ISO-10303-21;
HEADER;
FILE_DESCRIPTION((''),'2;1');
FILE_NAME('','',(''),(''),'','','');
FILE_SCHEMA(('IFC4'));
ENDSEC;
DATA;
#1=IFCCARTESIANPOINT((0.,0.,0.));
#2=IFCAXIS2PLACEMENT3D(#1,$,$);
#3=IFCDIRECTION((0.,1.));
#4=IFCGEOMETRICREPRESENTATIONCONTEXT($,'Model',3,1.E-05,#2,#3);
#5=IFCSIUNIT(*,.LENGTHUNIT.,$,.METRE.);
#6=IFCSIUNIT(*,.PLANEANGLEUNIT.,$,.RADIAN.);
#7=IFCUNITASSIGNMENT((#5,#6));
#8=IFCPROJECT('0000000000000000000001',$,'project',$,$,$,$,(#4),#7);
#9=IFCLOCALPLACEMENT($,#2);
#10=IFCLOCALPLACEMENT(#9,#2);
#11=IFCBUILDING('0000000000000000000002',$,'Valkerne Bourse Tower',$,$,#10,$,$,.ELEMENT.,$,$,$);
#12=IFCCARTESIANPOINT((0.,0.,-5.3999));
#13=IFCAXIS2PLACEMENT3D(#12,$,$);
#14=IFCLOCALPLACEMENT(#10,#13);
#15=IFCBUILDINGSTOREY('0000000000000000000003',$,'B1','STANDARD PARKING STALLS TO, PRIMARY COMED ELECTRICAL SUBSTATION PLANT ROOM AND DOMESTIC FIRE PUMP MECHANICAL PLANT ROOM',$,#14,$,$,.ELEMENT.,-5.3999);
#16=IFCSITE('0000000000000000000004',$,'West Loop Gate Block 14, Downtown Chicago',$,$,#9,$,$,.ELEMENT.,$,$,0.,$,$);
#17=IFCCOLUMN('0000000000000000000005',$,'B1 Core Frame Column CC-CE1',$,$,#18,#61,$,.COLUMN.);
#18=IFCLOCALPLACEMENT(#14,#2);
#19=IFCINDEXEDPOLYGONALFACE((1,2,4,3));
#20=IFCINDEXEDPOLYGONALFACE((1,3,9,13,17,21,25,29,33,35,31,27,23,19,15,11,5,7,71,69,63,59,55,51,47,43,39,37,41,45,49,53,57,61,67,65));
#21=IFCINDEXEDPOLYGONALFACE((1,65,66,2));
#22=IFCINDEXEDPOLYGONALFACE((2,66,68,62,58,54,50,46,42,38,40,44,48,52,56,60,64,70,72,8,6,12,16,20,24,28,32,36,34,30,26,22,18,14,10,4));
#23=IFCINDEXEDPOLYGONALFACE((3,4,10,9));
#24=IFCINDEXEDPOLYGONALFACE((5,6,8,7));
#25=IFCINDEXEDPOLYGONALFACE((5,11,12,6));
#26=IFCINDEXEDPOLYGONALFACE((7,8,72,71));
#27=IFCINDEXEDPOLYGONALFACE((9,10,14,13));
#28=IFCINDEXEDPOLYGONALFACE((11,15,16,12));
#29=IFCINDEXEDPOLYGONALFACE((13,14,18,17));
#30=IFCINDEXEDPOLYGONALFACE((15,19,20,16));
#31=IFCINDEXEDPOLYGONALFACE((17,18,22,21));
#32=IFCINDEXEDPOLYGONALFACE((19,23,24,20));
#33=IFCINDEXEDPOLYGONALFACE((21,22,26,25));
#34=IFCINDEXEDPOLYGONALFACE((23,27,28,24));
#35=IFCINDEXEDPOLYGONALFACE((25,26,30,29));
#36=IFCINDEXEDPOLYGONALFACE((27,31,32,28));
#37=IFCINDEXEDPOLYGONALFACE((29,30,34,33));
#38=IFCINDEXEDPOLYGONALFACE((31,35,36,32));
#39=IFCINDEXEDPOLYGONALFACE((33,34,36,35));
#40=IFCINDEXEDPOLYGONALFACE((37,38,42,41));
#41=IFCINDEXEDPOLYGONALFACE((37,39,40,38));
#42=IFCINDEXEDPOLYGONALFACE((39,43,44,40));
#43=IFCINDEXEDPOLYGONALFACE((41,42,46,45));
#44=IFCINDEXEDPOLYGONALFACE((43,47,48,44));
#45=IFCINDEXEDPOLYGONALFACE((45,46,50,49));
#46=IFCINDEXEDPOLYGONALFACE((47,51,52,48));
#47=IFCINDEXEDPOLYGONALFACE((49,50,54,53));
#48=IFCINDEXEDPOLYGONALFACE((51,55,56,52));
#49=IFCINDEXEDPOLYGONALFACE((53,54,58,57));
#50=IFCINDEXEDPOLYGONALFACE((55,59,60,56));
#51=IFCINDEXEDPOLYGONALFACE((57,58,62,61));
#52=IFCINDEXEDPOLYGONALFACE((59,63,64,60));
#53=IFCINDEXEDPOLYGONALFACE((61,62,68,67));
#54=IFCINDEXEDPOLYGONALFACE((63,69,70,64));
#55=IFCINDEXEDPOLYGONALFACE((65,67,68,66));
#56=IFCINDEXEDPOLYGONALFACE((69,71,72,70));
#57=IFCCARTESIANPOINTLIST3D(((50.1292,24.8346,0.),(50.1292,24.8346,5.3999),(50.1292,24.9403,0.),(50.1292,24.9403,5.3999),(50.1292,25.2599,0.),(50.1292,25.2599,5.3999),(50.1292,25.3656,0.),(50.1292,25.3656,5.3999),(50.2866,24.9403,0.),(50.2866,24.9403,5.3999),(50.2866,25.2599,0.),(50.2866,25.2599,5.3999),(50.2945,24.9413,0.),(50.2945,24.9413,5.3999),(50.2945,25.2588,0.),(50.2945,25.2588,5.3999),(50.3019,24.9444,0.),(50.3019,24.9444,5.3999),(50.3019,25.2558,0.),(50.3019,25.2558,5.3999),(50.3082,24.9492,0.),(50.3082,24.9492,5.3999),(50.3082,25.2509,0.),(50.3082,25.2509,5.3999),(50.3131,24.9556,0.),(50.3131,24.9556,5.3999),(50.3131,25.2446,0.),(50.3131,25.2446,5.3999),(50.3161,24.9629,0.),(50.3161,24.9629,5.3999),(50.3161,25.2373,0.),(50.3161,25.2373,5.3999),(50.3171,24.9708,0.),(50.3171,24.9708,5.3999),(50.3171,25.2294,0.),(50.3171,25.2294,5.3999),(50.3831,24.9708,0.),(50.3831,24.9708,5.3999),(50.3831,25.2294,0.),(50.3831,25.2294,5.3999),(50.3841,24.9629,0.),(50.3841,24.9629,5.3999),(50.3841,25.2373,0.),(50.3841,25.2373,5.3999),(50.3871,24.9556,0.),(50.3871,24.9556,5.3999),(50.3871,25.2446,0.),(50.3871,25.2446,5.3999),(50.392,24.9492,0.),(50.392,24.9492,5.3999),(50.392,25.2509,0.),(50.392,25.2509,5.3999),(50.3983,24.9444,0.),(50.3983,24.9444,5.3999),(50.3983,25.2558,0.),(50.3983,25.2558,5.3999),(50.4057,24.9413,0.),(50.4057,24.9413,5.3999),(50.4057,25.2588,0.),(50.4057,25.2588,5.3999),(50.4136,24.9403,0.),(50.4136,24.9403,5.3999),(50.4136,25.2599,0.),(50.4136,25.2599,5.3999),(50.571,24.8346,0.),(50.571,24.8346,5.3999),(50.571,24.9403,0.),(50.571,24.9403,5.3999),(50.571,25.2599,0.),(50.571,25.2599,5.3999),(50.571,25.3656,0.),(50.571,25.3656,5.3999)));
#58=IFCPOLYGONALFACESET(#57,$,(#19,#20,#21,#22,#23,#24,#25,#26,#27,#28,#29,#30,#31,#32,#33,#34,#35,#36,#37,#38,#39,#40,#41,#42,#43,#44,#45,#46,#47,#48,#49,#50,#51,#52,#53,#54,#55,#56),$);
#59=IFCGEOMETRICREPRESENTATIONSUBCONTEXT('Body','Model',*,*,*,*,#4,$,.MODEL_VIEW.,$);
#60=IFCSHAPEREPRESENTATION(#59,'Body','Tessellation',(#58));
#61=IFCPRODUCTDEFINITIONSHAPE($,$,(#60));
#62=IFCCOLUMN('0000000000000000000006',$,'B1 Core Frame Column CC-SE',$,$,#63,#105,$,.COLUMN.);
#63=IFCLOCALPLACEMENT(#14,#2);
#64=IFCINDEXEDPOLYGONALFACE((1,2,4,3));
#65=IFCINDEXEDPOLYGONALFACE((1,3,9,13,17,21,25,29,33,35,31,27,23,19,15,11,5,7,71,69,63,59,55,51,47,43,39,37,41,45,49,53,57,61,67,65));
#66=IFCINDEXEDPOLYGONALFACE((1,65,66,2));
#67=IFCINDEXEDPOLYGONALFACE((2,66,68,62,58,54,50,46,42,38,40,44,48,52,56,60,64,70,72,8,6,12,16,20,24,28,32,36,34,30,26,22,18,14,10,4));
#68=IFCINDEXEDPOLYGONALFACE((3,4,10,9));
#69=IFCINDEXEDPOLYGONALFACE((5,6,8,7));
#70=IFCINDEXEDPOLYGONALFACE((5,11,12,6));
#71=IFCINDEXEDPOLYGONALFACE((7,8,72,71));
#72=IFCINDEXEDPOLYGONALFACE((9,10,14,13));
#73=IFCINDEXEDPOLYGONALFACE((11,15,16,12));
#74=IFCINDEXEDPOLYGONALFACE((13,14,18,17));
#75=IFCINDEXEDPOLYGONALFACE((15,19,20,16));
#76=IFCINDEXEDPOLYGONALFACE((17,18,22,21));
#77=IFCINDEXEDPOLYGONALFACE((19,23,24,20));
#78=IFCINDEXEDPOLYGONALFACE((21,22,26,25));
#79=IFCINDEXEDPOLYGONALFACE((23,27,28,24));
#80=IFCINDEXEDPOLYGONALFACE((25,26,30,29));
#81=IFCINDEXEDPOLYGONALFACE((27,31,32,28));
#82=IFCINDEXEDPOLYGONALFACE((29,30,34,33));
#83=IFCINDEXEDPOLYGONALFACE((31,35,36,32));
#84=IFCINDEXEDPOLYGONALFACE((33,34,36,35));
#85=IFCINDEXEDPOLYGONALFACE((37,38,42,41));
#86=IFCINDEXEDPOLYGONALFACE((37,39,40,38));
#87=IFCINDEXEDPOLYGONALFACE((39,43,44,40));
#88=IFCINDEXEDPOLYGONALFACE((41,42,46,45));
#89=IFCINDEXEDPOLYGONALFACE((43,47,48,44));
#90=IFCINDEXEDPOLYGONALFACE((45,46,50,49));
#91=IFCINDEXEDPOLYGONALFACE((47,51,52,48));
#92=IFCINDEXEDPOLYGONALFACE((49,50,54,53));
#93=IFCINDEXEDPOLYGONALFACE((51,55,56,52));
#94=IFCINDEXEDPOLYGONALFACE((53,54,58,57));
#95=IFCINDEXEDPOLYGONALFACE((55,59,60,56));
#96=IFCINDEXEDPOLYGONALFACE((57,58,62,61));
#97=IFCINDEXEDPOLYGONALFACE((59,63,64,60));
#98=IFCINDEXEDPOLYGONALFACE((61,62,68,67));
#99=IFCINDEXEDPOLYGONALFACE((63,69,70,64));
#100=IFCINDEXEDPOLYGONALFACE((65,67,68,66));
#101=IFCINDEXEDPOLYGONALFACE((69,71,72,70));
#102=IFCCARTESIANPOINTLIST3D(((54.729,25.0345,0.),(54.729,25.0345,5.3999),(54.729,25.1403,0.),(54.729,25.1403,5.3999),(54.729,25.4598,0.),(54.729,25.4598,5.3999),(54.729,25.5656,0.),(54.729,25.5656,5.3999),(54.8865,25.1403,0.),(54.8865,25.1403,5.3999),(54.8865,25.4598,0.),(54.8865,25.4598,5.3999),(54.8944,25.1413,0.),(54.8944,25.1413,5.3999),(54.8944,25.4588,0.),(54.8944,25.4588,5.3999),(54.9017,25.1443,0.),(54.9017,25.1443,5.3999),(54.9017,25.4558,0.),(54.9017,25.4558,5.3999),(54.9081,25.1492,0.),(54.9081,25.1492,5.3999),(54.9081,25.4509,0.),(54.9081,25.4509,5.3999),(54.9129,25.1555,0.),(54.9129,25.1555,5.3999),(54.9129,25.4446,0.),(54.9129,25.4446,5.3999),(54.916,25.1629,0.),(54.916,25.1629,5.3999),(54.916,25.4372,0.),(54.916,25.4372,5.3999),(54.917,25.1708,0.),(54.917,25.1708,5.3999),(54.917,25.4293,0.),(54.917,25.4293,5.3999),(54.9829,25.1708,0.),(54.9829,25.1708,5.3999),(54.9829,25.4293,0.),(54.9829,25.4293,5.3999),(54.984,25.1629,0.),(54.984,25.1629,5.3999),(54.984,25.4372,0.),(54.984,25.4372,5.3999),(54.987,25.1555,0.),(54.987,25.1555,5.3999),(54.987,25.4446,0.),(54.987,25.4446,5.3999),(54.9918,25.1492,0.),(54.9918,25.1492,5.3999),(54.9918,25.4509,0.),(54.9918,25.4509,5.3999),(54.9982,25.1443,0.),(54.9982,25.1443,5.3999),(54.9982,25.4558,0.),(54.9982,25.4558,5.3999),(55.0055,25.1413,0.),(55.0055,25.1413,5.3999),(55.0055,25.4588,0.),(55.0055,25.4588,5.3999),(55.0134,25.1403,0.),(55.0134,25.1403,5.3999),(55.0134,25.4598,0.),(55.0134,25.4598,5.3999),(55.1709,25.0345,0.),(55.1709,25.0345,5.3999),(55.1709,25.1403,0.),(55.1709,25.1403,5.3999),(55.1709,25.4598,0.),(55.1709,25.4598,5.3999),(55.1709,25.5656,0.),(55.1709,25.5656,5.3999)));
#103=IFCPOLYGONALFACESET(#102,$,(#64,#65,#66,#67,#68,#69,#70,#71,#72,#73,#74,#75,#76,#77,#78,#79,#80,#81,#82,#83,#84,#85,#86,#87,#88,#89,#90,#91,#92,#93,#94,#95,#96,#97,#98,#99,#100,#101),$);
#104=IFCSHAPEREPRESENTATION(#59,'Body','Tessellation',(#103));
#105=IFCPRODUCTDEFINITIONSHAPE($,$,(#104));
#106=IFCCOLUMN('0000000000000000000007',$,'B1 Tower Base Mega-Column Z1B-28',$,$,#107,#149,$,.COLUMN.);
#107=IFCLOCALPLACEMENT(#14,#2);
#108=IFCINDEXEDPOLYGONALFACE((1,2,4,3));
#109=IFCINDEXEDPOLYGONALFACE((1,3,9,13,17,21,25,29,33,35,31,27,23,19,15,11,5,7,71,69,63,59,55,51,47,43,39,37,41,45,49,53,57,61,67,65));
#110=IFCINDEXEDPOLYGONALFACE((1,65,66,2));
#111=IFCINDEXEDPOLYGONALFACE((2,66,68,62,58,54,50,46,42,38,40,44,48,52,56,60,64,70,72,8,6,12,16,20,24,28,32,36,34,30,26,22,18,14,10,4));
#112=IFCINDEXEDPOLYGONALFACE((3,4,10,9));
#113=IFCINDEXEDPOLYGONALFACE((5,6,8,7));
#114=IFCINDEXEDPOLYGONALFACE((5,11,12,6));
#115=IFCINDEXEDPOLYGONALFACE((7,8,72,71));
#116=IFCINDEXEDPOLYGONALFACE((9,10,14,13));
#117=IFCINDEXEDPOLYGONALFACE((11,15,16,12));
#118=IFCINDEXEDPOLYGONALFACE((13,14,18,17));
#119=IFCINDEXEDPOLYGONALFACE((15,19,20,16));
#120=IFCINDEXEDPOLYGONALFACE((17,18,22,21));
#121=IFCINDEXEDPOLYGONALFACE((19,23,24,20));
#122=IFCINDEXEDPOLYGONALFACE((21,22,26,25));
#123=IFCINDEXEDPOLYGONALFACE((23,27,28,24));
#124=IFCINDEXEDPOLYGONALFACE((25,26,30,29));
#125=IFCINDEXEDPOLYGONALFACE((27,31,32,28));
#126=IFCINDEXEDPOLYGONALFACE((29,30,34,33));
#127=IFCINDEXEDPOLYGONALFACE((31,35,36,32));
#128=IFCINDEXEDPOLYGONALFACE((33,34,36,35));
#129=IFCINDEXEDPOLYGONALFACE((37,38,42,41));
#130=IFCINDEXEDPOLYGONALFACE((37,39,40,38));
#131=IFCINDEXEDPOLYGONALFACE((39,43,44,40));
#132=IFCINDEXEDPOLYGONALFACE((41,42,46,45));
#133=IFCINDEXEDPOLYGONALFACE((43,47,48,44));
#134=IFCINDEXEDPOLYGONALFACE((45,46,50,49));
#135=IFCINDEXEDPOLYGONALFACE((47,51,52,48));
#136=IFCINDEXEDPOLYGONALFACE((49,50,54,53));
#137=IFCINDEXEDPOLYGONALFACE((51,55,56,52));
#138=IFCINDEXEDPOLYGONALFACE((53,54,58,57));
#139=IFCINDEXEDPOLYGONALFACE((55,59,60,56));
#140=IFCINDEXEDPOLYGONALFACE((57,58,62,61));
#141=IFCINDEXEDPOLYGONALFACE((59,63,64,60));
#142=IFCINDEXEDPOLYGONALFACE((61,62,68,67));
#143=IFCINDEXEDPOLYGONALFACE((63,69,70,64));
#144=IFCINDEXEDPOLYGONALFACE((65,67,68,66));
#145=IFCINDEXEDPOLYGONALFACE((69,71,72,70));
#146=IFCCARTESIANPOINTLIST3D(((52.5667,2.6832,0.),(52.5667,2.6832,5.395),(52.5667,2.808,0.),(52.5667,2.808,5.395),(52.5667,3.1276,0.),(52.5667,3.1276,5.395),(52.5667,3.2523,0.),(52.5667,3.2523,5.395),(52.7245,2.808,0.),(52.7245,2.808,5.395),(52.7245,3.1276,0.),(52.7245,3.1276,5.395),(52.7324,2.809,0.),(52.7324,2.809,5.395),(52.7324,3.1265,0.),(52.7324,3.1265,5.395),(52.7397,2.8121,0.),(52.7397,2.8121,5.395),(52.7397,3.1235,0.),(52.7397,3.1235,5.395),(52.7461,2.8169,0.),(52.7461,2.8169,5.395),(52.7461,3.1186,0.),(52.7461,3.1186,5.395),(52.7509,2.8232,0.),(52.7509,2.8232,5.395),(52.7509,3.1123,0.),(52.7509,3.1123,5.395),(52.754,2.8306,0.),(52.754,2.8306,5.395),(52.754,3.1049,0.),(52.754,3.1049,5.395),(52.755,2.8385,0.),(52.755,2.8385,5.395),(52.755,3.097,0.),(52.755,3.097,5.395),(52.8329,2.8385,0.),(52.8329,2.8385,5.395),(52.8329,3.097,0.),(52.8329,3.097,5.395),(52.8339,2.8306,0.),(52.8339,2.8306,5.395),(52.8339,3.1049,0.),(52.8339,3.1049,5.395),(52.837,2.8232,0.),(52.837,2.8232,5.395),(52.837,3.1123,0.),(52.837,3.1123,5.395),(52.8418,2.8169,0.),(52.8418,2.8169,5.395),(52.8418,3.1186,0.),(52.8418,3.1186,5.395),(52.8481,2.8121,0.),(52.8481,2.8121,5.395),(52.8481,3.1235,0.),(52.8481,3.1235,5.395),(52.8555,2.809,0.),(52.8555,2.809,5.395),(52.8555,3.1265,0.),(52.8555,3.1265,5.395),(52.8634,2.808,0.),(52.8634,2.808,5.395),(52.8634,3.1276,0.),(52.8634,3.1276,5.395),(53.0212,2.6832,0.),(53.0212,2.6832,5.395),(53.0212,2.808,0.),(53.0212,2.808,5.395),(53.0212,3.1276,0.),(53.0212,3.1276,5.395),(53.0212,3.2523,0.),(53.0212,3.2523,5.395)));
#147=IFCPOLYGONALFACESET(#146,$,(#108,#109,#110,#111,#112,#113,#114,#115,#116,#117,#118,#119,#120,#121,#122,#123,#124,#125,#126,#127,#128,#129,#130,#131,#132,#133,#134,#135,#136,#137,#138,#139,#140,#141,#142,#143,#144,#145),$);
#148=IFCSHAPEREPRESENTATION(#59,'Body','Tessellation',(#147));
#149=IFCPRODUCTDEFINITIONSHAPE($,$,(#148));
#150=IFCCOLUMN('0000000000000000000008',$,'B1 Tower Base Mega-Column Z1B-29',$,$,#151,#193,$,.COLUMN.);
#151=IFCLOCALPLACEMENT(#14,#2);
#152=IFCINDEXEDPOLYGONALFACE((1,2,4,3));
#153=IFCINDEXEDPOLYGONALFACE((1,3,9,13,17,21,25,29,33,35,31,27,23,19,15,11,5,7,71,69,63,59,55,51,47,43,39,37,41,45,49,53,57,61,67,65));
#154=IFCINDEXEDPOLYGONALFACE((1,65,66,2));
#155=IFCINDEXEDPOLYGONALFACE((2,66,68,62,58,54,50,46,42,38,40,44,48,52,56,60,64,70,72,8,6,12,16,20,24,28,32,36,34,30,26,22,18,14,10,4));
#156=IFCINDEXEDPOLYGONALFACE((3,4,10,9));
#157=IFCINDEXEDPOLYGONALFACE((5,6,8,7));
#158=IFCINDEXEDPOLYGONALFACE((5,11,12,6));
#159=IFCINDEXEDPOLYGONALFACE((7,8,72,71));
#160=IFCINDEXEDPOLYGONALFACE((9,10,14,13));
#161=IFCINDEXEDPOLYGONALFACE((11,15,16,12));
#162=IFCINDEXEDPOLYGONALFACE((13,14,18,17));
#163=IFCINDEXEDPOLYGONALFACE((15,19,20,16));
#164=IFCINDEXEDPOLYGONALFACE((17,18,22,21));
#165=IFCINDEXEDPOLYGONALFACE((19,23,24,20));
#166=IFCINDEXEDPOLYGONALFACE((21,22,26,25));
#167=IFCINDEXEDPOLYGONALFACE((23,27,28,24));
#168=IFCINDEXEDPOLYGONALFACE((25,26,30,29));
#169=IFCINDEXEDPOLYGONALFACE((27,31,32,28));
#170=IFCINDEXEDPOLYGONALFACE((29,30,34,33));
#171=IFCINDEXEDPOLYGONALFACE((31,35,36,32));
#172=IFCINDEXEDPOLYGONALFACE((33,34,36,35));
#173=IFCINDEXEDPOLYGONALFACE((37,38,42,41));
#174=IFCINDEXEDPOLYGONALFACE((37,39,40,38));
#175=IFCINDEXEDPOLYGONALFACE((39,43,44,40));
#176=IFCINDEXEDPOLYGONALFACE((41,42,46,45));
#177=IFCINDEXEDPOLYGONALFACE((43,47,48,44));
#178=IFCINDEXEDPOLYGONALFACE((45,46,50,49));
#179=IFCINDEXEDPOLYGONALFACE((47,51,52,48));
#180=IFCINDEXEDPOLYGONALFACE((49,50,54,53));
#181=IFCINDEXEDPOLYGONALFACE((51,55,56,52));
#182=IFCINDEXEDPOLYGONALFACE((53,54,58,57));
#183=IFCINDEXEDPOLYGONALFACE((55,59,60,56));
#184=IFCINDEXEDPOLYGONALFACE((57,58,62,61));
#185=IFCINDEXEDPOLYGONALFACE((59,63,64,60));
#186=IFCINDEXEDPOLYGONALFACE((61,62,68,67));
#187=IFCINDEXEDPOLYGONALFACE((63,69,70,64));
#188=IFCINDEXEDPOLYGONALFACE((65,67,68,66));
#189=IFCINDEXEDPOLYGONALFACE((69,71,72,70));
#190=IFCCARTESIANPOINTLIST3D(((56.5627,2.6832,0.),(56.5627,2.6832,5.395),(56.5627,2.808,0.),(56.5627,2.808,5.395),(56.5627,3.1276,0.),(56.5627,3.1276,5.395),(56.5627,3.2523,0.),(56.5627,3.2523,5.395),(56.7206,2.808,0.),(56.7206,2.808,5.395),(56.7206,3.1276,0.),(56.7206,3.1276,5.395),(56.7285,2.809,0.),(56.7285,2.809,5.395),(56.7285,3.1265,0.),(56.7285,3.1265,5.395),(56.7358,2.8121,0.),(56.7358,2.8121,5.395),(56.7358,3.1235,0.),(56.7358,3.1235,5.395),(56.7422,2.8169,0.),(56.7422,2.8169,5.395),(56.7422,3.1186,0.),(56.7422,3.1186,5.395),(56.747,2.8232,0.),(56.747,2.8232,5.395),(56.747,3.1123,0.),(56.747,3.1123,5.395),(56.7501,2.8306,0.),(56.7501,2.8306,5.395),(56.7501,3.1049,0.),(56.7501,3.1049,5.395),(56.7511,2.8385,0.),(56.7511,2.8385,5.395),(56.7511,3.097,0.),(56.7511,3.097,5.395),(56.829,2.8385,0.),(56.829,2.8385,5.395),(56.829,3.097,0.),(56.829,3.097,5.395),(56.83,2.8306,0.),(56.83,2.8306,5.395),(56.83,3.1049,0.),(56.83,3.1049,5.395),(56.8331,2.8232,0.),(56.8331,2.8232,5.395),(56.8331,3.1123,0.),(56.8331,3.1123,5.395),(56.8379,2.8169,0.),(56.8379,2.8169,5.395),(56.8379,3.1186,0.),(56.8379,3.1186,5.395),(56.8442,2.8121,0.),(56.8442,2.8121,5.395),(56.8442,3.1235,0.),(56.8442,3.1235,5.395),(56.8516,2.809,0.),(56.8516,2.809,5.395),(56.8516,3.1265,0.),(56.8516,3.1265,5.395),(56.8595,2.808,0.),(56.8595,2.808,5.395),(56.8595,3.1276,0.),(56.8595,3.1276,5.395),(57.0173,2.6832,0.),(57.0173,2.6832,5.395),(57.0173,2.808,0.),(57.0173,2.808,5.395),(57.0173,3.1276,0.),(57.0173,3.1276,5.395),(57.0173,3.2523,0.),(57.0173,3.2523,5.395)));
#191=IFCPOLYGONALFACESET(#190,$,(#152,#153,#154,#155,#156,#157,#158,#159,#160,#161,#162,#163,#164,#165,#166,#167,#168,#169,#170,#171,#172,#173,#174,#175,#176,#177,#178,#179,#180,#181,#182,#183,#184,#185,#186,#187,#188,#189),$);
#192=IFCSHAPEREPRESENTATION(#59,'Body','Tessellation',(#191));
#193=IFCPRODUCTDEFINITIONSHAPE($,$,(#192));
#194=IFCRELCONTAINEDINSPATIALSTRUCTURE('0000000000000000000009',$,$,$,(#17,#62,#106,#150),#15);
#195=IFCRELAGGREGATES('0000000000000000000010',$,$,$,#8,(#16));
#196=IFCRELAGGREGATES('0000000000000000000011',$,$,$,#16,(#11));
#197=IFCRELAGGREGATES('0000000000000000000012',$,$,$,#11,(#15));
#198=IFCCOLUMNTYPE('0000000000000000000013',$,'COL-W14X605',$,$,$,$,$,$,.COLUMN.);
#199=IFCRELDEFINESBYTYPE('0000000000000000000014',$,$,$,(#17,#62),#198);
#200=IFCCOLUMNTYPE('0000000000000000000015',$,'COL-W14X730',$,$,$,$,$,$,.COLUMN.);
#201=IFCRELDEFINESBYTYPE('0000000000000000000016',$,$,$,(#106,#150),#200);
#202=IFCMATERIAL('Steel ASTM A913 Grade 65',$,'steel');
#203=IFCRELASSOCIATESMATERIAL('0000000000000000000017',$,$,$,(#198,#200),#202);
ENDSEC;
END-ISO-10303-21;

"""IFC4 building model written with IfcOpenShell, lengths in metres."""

from ifc_helpers import new_model, si_unit, direction, frame, origin, origin_2d, place, context, subcontext, project, spatial, i_section, extrude, material, material_profile, profile_set, type_object, element, save


model = new_model("IFC4")

# Units and contexts
model_context = context("Model", 3, precision=1e-05, world=origin(), true_north=direction((0.0, 1.0)))
body_context = subcontext(model_context, "Body", "Model", "MODEL_VIEW")
ifc_project = project(units=[si_unit("LENGTHUNIT", "METRE"), si_unit("PLANEANGLEUNIT", "RADIAN")], contexts=[model_context])

# Site, building, storey
site_placement = place(None, origin())
site = spatial("IfcSite", under=ifc_project, at=site_placement, Name="West Loop Gate Block 14, Downtown Chicago", CompositionType="ELEMENT", RefElevation=0.0)
building_placement = place(site_placement, origin())
building = spatial("IfcBuilding", under=site, at=building_placement, Name="Valkerne Bourse Tower", CompositionType="ELEMENT")
storey_placement = place(building_placement, frame((0.0, 0.0, -5.3999)))
storey = spatial("IfcBuildingStorey", under=building, at=storey_placement, Name="B1", Description="STANDARD PARKING STALLS TO, PRIMARY COMED ELECTRICAL SUBSTATION PLANT ROOM AND DOMESTIC FIRE PUMP MECHANICAL PLANT ROOM", CompositionType="ELEMENT", Elevation=-5.3999)

# Columns
ifc_material_1 = material(Name="Steel ASTM A913 Grade 65", Category="steel")
ifc_material_profile_1 = material_profile(ifc_material_1, i_section(OverallWidth=0.4419, OverallDepth=0.531, WebThickness=0.0659, FlangeThickness=0.1057, FilletRadius=0.0305, at=origin_2d()), Name="W14X605")
ifc_profile_set_1 = profile_set([ifc_material_profile_1], Name="Steel ASTM A913 Grade 65")
column_type_1 = type_object("IfcColumnType", Name="COL-W14X605", PredefinedType="COLUMN", material=ifc_profile_set_1)
for number, where, z_axis, x_axis, name in (
    (1, (50.3501, 25.1001, 0.0), (0.0, 0.0, 1.0), (1.0, 0.0, 0.0), "B1 Core Frame Column CC-CE1"),
    (2, (54.95, 25.3, 0.0), (0.0, 0.0, 1.0), (1.0, 0.0, 0.0), "B1 Core Frame Column CC-SE"),
):
    element("IfcColumn", number, at=place(storey_placement, frame(where, z_axis=z_axis, x_axis=x_axis)), inside=storey, type_object=column_type_1, Name=name, PredefinedType="COLUMN", context=body_context, shape_type="SweptSolid", body=[
        extrude(i_section(OverallWidth=0.4419, OverallDepth=0.531, WebThickness=0.0659, FlangeThickness=0.1057, FilletRadius=0.0305, at=origin_2d()), origin(), (0.0, 0.0, 1.0), 5.3999),
    ])
ifc_material_profile_2 = material_profile(ifc_material_1, i_section(OverallWidth=0.4546, OverallDepth=0.5691, WebThickness=0.0779, FlangeThickness=0.1248, FilletRadius=0.0305, at=origin_2d()), Name="W14X730")
ifc_profile_set_2 = profile_set([ifc_material_profile_2], Name="Steel ASTM A913 Grade 65")
column_type_2 = type_object("IfcColumnType", Name="COL-W14X730", PredefinedType="COLUMN", material=ifc_profile_set_2)
for number, where, z_axis, x_axis, name in (
    (3, (52.7939, 2.9678, 0.0), (0.0, 0.0, 1.0), (1.0, 0.0, 0.0), "B1 Tower Base Mega-Column Z1B-28"),
    (4, (56.79, 2.9678, 0.0), (0.0, 0.0, 1.0), (1.0, 0.0, 0.0), "B1 Tower Base Mega-Column Z1B-29"),
):
    element("IfcColumn", number, at=place(storey_placement, frame(where, z_axis=z_axis, x_axis=x_axis)), inside=storey, type_object=column_type_2, Name=name, PredefinedType="COLUMN", context=body_context, shape_type="SweptSolid", body=[
        extrude(i_section(OverallWidth=0.4546, OverallDepth=0.5691, WebThickness=0.0779, FlangeThickness=0.1248, FilletRadius=0.0305, at=origin_2d()), origin(), (0.0, 0.0, 1.0), 5.395),
    ])

save(model, "model.ifc")
